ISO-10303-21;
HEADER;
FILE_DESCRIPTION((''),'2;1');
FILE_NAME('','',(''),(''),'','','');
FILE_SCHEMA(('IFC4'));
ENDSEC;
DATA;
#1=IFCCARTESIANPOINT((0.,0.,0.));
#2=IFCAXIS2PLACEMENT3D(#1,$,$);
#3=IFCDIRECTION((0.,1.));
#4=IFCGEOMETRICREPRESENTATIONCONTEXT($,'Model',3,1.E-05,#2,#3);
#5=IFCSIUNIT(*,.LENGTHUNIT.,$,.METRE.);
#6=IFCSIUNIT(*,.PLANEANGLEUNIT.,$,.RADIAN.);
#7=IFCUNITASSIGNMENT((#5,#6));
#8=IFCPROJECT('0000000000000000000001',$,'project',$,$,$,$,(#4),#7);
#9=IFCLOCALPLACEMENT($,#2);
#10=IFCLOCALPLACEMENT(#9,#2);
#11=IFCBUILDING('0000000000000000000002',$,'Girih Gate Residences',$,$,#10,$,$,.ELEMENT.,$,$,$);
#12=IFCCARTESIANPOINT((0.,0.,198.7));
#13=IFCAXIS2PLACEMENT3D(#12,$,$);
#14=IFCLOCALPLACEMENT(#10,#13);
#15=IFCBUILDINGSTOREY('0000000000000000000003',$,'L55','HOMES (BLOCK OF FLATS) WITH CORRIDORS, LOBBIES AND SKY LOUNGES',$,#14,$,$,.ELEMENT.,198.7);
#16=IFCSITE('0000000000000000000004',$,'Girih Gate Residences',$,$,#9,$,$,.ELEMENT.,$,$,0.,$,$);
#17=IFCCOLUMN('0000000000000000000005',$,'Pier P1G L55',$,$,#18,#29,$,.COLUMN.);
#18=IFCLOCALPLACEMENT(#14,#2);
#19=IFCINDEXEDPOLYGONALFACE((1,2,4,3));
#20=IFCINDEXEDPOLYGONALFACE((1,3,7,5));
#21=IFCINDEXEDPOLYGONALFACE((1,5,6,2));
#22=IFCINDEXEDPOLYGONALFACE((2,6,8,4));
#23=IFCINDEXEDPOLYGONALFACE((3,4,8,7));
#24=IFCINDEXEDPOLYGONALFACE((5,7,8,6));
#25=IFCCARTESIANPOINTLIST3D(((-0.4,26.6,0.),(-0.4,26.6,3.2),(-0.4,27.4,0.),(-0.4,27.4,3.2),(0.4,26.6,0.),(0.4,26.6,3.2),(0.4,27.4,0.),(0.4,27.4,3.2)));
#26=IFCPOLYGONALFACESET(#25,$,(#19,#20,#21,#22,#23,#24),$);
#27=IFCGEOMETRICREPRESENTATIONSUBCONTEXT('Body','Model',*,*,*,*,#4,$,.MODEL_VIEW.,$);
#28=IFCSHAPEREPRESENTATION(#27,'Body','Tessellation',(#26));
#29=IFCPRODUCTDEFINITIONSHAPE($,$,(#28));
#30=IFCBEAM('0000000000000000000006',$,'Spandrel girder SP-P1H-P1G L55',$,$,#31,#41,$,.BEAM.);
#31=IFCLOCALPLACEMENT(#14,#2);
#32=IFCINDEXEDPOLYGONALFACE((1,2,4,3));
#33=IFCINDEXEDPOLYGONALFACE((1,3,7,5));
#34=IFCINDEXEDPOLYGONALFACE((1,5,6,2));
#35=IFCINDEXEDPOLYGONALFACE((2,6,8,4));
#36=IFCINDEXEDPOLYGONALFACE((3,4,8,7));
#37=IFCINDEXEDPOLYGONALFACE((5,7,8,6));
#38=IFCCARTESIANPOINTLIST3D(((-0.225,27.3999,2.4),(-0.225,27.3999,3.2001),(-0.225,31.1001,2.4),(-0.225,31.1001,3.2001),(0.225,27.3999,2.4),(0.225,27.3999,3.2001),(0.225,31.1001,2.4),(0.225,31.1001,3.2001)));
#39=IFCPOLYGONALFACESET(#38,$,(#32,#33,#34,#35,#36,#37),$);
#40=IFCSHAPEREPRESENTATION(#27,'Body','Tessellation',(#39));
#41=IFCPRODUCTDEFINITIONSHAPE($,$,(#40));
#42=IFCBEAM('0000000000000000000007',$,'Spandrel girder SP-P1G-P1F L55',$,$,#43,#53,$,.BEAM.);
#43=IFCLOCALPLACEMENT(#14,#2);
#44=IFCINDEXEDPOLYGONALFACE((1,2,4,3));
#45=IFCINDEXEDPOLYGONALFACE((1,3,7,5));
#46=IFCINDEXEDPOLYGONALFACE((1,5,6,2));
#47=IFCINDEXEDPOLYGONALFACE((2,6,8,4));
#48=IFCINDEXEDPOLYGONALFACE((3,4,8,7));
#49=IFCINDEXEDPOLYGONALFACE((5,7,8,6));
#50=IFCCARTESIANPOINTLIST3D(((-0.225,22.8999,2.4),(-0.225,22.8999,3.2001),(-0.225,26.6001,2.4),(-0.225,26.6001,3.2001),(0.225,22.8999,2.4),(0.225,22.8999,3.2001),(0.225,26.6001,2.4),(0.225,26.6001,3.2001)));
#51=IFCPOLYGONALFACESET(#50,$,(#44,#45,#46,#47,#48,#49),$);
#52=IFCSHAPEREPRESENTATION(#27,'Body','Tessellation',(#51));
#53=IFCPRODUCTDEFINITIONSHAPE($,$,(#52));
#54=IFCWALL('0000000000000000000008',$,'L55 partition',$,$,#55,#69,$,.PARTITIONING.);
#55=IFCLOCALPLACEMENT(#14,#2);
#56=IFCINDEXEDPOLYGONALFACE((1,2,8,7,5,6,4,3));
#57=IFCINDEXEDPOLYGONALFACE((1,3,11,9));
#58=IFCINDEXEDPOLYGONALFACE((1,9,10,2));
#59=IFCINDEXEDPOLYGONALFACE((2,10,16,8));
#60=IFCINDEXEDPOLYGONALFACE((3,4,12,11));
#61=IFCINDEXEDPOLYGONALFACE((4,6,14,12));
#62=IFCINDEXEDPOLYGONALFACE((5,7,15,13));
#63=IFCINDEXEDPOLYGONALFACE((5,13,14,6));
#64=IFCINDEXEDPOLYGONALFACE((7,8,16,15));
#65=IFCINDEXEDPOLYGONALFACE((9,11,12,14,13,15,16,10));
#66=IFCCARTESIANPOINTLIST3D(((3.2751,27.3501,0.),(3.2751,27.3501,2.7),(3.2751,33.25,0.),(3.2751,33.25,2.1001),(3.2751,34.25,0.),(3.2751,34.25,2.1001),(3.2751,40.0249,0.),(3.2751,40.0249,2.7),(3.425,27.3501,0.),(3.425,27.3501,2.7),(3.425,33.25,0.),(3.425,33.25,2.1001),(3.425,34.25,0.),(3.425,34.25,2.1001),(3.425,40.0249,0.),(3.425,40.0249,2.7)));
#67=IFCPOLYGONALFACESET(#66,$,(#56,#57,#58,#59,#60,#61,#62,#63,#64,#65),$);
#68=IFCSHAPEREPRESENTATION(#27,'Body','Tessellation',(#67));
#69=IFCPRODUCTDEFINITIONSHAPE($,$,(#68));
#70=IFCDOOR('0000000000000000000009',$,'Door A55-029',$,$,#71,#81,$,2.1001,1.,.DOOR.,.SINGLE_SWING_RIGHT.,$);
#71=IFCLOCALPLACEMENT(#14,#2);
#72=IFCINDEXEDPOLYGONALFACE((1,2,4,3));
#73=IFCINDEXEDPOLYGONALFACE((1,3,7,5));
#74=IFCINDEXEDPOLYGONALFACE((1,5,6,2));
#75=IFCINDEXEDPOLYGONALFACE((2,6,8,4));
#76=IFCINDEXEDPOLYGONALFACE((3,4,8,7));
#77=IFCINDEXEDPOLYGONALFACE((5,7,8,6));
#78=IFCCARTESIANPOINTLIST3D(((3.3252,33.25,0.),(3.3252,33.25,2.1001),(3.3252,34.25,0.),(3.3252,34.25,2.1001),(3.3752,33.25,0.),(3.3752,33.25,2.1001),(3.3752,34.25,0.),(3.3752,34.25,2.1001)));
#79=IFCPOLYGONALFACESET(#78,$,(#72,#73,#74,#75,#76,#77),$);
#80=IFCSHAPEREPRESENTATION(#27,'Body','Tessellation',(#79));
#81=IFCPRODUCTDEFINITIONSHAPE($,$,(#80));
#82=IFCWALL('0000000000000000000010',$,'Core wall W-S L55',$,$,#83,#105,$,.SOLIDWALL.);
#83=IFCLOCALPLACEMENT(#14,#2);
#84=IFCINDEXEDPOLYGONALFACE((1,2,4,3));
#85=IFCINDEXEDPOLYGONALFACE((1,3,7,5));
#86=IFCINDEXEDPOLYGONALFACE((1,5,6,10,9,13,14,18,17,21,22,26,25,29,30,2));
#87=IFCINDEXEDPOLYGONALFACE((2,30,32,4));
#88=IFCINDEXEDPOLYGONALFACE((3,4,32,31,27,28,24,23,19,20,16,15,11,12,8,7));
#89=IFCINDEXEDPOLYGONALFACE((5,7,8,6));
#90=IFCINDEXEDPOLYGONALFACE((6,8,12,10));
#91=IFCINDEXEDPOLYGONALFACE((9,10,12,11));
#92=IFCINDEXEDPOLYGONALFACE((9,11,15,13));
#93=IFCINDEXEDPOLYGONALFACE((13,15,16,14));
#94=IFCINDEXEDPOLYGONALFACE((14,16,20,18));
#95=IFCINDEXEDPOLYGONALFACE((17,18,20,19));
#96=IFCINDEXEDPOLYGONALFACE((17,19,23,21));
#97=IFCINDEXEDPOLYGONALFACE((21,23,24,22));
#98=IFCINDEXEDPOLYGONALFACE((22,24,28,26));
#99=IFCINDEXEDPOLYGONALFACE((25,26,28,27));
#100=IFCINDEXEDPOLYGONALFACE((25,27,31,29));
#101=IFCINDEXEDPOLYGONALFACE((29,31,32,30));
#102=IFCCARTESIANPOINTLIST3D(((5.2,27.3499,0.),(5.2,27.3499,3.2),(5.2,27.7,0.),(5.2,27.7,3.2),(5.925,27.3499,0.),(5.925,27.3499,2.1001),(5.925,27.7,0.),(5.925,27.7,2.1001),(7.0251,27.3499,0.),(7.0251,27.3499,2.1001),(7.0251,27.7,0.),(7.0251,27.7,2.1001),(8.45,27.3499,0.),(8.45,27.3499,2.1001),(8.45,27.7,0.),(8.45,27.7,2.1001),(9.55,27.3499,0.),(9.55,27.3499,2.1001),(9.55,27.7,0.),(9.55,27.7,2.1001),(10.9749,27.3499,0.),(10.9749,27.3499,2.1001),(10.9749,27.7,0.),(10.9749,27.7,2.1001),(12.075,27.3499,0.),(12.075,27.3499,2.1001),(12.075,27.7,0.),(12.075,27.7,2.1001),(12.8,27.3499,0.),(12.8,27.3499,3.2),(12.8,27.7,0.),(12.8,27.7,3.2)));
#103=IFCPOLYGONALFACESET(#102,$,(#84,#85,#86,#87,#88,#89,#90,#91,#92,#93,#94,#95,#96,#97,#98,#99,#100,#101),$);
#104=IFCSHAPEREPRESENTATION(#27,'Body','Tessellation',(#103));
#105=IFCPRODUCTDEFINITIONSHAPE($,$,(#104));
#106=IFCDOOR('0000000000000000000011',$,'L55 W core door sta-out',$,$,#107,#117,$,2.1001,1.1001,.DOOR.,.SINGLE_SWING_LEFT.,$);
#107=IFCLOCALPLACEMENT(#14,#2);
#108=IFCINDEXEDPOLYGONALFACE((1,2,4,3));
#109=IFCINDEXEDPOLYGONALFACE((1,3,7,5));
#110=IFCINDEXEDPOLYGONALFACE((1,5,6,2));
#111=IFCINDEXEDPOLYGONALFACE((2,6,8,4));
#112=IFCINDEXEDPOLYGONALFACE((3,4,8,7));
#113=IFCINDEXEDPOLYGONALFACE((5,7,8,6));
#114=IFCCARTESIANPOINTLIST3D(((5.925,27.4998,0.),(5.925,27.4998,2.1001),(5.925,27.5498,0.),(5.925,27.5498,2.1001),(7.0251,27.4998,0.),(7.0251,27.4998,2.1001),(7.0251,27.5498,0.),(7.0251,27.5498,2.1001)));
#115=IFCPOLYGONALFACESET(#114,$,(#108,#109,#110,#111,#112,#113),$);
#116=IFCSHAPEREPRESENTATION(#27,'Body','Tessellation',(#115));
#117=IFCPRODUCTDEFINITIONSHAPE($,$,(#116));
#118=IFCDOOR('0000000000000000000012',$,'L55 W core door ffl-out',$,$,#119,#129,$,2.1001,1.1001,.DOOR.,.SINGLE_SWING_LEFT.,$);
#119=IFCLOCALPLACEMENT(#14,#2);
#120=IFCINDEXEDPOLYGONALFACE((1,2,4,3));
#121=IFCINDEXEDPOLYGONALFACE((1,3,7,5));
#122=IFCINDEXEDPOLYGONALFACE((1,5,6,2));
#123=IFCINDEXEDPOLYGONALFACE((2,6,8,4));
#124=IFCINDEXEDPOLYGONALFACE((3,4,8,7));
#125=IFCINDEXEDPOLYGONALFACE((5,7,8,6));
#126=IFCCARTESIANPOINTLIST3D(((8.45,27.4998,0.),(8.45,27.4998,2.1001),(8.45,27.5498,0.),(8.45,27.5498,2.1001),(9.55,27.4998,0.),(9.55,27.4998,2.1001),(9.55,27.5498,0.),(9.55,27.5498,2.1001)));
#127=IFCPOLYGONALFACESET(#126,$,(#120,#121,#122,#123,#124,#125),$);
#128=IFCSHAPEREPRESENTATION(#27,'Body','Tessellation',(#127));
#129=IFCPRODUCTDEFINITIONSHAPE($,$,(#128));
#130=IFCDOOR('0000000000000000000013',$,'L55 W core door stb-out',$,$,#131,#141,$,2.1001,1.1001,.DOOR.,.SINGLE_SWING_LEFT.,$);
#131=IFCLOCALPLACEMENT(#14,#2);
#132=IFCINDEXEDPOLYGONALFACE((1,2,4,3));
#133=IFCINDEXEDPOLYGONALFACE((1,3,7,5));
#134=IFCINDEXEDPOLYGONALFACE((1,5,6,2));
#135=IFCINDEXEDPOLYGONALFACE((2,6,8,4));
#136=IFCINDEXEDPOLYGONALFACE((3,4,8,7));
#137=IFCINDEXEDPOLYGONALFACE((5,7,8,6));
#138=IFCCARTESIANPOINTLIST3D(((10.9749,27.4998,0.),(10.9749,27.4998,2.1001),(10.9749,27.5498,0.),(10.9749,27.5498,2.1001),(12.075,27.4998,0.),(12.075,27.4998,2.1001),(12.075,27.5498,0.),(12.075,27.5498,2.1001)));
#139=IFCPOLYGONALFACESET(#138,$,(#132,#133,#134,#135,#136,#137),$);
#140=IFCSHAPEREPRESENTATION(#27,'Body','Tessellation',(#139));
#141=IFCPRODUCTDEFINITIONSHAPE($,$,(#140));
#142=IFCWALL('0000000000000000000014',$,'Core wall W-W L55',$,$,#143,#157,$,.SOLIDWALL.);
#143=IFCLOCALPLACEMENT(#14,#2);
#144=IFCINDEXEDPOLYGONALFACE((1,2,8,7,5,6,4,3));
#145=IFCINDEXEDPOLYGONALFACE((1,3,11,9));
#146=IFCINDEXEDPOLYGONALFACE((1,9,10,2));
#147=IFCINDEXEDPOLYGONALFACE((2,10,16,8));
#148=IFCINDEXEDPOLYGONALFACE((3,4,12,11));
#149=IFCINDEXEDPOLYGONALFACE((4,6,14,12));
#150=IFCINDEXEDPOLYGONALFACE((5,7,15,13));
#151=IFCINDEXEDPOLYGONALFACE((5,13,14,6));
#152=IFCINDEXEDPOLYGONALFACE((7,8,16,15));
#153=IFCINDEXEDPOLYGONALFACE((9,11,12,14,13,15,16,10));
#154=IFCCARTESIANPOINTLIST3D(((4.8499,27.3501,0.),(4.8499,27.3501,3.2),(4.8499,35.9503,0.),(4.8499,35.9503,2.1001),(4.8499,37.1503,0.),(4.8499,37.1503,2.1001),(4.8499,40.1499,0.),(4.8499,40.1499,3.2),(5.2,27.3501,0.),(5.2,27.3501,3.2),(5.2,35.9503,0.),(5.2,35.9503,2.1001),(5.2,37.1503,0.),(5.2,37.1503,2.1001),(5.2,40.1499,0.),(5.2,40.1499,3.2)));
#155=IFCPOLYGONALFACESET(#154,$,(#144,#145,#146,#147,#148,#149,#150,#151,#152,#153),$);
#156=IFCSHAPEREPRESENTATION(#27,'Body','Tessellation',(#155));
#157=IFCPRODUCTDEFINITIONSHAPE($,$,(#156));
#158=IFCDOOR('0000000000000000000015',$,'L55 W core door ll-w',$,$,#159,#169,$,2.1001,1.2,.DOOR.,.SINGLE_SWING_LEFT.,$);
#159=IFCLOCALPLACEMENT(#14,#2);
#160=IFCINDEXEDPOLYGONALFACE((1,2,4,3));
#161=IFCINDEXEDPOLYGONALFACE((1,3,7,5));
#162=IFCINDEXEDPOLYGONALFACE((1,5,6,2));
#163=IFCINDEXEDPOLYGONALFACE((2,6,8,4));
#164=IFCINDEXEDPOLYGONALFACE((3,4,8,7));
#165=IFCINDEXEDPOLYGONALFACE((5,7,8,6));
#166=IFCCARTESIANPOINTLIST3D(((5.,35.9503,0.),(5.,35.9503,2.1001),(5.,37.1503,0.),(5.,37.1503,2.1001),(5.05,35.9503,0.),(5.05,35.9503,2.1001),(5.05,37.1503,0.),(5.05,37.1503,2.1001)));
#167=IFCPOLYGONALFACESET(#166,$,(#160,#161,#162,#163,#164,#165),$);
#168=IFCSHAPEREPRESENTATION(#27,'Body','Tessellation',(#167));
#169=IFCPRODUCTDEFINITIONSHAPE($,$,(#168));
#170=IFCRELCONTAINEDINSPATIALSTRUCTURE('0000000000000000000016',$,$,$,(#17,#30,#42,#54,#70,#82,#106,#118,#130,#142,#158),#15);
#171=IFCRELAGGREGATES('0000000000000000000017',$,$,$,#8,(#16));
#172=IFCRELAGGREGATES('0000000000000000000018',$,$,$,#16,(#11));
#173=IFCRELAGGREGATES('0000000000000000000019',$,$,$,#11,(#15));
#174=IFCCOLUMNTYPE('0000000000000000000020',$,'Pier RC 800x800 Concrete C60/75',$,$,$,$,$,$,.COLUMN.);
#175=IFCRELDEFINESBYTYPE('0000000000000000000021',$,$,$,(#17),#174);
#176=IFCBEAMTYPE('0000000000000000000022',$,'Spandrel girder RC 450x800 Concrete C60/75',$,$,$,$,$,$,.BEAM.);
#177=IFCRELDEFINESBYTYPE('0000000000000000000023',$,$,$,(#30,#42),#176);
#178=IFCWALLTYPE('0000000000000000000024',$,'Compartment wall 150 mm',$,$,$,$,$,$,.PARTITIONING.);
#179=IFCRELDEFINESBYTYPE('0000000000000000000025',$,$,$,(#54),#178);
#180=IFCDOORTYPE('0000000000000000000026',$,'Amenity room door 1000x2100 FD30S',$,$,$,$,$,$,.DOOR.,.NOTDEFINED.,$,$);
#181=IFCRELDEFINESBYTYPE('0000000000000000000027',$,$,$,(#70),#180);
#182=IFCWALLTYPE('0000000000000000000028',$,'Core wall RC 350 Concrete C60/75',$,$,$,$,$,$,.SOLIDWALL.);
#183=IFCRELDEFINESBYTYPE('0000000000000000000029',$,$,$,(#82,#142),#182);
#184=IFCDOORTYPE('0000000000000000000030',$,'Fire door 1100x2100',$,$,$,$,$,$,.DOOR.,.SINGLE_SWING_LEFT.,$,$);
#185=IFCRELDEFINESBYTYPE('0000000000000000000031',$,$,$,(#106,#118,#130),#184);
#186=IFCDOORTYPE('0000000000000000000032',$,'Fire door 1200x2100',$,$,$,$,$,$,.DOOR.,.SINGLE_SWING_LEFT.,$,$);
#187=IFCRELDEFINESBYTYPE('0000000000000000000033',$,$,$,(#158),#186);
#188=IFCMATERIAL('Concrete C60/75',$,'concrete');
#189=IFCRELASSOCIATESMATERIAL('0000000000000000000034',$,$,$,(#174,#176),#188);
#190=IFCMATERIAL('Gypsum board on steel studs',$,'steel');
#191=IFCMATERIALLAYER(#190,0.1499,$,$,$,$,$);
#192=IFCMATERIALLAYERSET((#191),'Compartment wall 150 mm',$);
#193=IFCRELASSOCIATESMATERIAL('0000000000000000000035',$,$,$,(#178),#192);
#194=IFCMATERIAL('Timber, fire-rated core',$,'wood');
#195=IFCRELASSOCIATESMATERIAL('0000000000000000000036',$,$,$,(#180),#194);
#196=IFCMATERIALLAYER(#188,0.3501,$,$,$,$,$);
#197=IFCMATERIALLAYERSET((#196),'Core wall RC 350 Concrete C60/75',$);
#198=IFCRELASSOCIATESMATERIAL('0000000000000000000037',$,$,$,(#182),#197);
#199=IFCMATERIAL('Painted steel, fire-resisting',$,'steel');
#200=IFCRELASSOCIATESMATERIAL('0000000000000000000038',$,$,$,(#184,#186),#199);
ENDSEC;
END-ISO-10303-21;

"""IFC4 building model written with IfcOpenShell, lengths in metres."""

from ifc_helpers import new_model, si_unit, direction, frame, frame_2d, origin, origin_2d, place, context, subcontext, project, spatial, rectangle, extrude, material, layer, layer_set, material_profile, profile_set, type_object, element, fill, save


model = new_model("IFC4")

# Units and contexts
model_context = context("Model", 3, precision=1e-05, world=origin(), true_north=direction((0.0, 1.0)))
body_context = subcontext(model_context, "Body", "Model", "MODEL_VIEW")
ifc_project = project(units=[si_unit("LENGTHUNIT", "METRE"), si_unit("PLANEANGLEUNIT", "RADIAN")], contexts=[model_context])

# Site, building, storey
site_placement = place(None, origin())
site = spatial("IfcSite", under=ifc_project, at=site_placement, Name="Girih Gate Residences", CompositionType="ELEMENT", RefElevation=0.0)
building_placement = place(site_placement, origin())
building = spatial("IfcBuilding", under=site, at=building_placement, Name="Girih Gate Residences", CompositionType="ELEMENT")
storey_placement = place(building_placement, frame((0.0, 0.0, 198.7)))
storey = spatial("IfcBuildingStorey", under=building, at=storey_placement, Name="L55", Description="HOMES (BLOCK OF FLATS) WITH CORRIDORS, LOBBIES AND SKY LOUNGES", CompositionType="ELEMENT", Elevation=198.7)

# Column
ifc_material_1 = material(Name="Concrete C60/75", Category="concrete")
ifc_material_profile_1 = material_profile(ifc_material_1, rectangle(XDim=0.8, YDim=0.8, at=origin_2d()))
ifc_profile_set_1 = profile_set([ifc_material_profile_1], Name="Concrete C60/75")
column_type = type_object("IfcColumnType", Name="Pier RC 800x800 Concrete C60/75", PredefinedType="COLUMN", material=ifc_profile_set_1)
column_placement = place(storey_placement, frame((0.0, 27.0, 0.0), z_axis=(0.0, 0.0, 1.0), x_axis=(1.0, 0.0, 0.0)))
element("IfcColumn", 1, at=column_placement, inside=storey, type_object=column_type, Name="Pier P1G L55", PredefinedType="COLUMN", context=body_context, shape_type="SweptSolid", body=[
    extrude(rectangle(XDim=0.8, YDim=0.8, at=origin_2d()), origin(), (0.0, 0.0, 1.0), 3.2),
])

# Beams
ifc_material_profile_2 = material_profile(ifc_material_1, rectangle(XDim=0.45, YDim=0.8, at=origin_2d()))
ifc_profile_set_2 = profile_set([ifc_material_profile_2], Name="Concrete C60/75")
beam_type = type_object("IfcBeamType", Name="Spandrel girder RC 450x800 Concrete C60/75", PredefinedType="BEAM", material=ifc_profile_set_2)
for number, where, z_axis, x_axis, name in (
    (2, (0.0, 31.1001, 2.8), (0.0, -1.0, 0.0), (1.0, 0.0, 0.0), "Spandrel girder SP-P1H-P1G L55"),
    (3, (0.0, 26.6001, 2.8), (0.0, -1.0, 0.0), (1.0, 0.0, 0.0), "Spandrel girder SP-P1G-P1F L55"),
):
    element("IfcBeam", number, at=place(storey_placement, frame(where, z_axis=z_axis, x_axis=x_axis)), inside=storey, type_object=beam_type, Name=name, PredefinedType="BEAM", context=body_context, shape_type="SweptSolid", body=[
        extrude(rectangle(XDim=0.45, YDim=0.8, at=origin_2d()), origin(), (0.0, 0.0, 1.0), 3.7002),
    ])

# Wall, opening, door
ifc_material_2 = material(Name="Gypsum board on steel studs", Category="steel")
ifc_layer_1 = layer(ifc_material_2, 0.1499)
ifc_layer_set_1 = layer_set([ifc_layer_1], Name="Compartment wall 150 mm")
wall_type_1 = type_object("IfcWallType", Name="Compartment wall 150 mm", PredefinedType="PARTITIONING", material=ifc_layer_set_1)
wall_1_placement = place(storey_placement, frame((3.3501, 27.3501, 0.0), z_axis=(0.0, 0.0, 1.0), x_axis=(0.0, 1.0, 0.0)))
wall_1 = element("IfcWall", 4, at=wall_1_placement, inside=storey, type_object=wall_type_1, Name="L55 partition", PredefinedType="PARTITIONING", context=body_context, shape_type="SweptSolid", body=[
    extrude(rectangle(XDim=12.6748, YDim=0.1499, at=frame_2d((6.3374, 0.0))), origin(), (0.0, 0.0, 1.0), 2.7),
])
opening_1_placement = place(wall_1_placement, frame((5.8999, 0.0, 0.0)))
opening_1 = element("IfcOpeningElement", 5, at=opening_1_placement, cuts=wall_1, PredefinedType="OPENING", context=body_context, shape_type="SweptSolid", body=[
    extrude(rectangle(XDim=1.0, YDim=2.1001, at=frame_2d((0.5, 1.05))), frame((0.0, 0.085, 0.0), z_axis=(0.0, -1.0, 0.0), x_axis=(1.0, 0.0, 0.0)), (0.0, 0.0, 1.0), 0.1699),
])
ifc_material_3 = material(Name="Timber, fire-rated core", Category="wood")
door_type_1 = type_object("IfcDoorType", Name="Amenity room door 1000x2100 FD30S", OperationType="NOTDEFINED", PredefinedType="DOOR", material=ifc_material_3)
door_1_placement = place(opening_1_placement, origin())
door_1 = element("IfcDoor", 6, at=door_1_placement, inside=storey, type_object=door_type_1, Name="Door A55-029", OperationType="SINGLE_SWING_RIGHT", OverallHeight=2.1001, OverallWidth=1.0, PredefinedType="DOOR", context=body_context, shape_type="SweptSolid", body=[
    extrude(rectangle(XDim=1.0, YDim=2.1001, at=frame_2d((0.5, 1.05))), frame((0.0, 0.0249, 0.0), z_axis=(0.0, -1.0, 0.0), x_axis=(1.0, 0.0, 0.0)), (0.0, 0.0, 1.0), 0.05),
])
fill(opening_1, door_1)

# Wall, openings, doors
ifc_layer_2 = layer(ifc_material_1, 0.3501)
ifc_layer_set_2 = layer_set([ifc_layer_2], Name="Core wall RC 350 Concrete C60/75")
wall_type_2 = type_object("IfcWallType", Name="Core wall RC 350 Concrete C60/75", PredefinedType="SOLIDWALL", material=ifc_layer_set_2)
wall_2_placement = place(storey_placement, frame((5.2, 27.5249, 0.0), z_axis=(0.0, 0.0, 1.0), x_axis=(1.0, 0.0, 0.0)))
wall_2 = element("IfcWall", 7, at=wall_2_placement, inside=storey, type_object=wall_type_2, Name="Core wall W-S L55", PredefinedType="SOLIDWALL", context=body_context, shape_type="SweptSolid", body=[
    extrude(rectangle(XDim=7.6001, YDim=0.3501, at=frame_2d((3.8, 0.0))), origin(), (0.0, 0.0, 1.0), 3.2),
])
opening_2_placement = place(wall_2_placement, frame((0.7251, 0.0, 0.0)))
opening_2 = element("IfcOpeningElement", 8, at=opening_2_placement, cuts=wall_2, PredefinedType="OPENING", context=body_context, shape_type="SweptSolid", body=[
    extrude(rectangle(XDim=1.1001, YDim=2.1001, at=frame_2d((0.55, 1.05))), frame((0.0, 0.1851, 0.0), z_axis=(0.0, -1.0, 0.0), x_axis=(1.0, 0.0, 0.0)), (0.0, 0.0, 1.0), 0.3701),
])
opening_3_placement = place(wall_2_placement, frame((3.25, 0.0, 0.0)))
opening_3 = element("IfcOpeningElement", 9, at=opening_3_placement, cuts=wall_2, PredefinedType="OPENING", context=body_context, shape_type="SweptSolid", body=[
    extrude(rectangle(XDim=1.1001, YDim=2.1001, at=frame_2d((0.55, 1.05))), frame((0.0, 0.1851, 0.0), z_axis=(0.0, -1.0, 0.0), x_axis=(1.0, 0.0, 0.0)), (0.0, 0.0, 1.0), 0.3701),
])
opening_4_placement = place(wall_2_placement, frame((5.7749, 0.0, 0.0)))
opening_4 = element("IfcOpeningElement", 10, at=opening_4_placement, cuts=wall_2, PredefinedType="OPENING", context=body_context, shape_type="SweptSolid", body=[
    extrude(rectangle(XDim=1.1001, YDim=2.1001, at=frame_2d((0.55, 1.05))), frame((0.0, 0.1851, 0.0), z_axis=(0.0, -1.0, 0.0), x_axis=(1.0, 0.0, 0.0)), (0.0, 0.0, 1.0), 0.3701),
])
ifc_material_4 = material(Name="Painted steel, fire-resisting", Category="steel")
door_type_2 = type_object("IfcDoorType", Name="Fire door 1100x2100", OperationType="SINGLE_SWING_LEFT", PredefinedType="DOOR", material=ifc_material_4)
door_2_placement = place(opening_2_placement, origin())
door_2 = element("IfcDoor", 11, at=door_2_placement, inside=storey, type_object=door_type_2, Name="L55 W core door sta-out", OperationType="SINGLE_SWING_LEFT", OverallHeight=2.1001, OverallWidth=1.1001, PredefinedType="DOOR", context=body_context, shape_type="SweptSolid", body=[
    extrude(rectangle(XDim=1.1001, YDim=2.1001, at=frame_2d((0.55, 1.05))), frame((0.0, 0.0249, 0.0), z_axis=(0.0, -1.0, 0.0), x_axis=(1.0, 0.0, 0.0)), (0.0, 0.0, 1.0), 0.05),
])
fill(opening_2, door_2)
door_3_placement = place(opening_3_placement, origin())
door_3 = element("IfcDoor", 12, at=door_3_placement, inside=storey, type_object=door_type_2, Name="L55 W core door ffl-out", OperationType="SINGLE_SWING_LEFT", OverallHeight=2.1001, OverallWidth=1.1001, PredefinedType="DOOR", context=body_context, shape_type="SweptSolid", body=[
    extrude(rectangle(XDim=1.1001, YDim=2.1001, at=frame_2d((0.55, 1.05))), frame((0.0, 0.0249, 0.0), z_axis=(0.0, -1.0, 0.0), x_axis=(1.0, 0.0, 0.0)), (0.0, 0.0, 1.0), 0.05),
])
fill(opening_3, door_3)
door_4_placement = place(opening_4_placement, origin())
door_4 = element("IfcDoor", 13, at=door_4_placement, inside=storey, type_object=door_type_2, Name="L55 W core door stb-out", OperationType="SINGLE_SWING_LEFT", OverallHeight=2.1001, OverallWidth=1.1001, PredefinedType="DOOR", context=body_context, shape_type="SweptSolid", body=[
    extrude(rectangle(XDim=1.1001, YDim=2.1001, at=frame_2d((0.55, 1.05))), frame((0.0, 0.0249, 0.0), z_axis=(0.0, -1.0, 0.0), x_axis=(1.0, 0.0, 0.0)), (0.0, 0.0, 1.0), 0.05),
])
fill(opening_4, door_4)

# Wall, opening, door
wall_3_placement = place(storey_placement, frame((5.0249, 27.3501, 0.0), z_axis=(0.0, 0.0, 1.0), x_axis=(0.0, 1.0, 0.0)))
wall_3 = element("IfcWall", 14, at=wall_3_placement, inside=storey, type_object=wall_type_2, Name="Core wall W-W L55", PredefinedType="SOLIDWALL", context=body_context, shape_type="SweptSolid", body=[
    extrude(rectangle(XDim=12.7998, YDim=0.3501, at=frame_2d((6.3999, 0.0))), origin(), (0.0, 0.0, 1.0), 3.2),
])
opening_5_placement = place(wall_3_placement, frame((8.6001, 0.0, 0.0)))
opening_5 = element("IfcOpeningElement", 15, at=opening_5_placement, cuts=wall_3, PredefinedType="OPENING", context=body_context, shape_type="SweptSolid", body=[
    extrude(rectangle(XDim=1.2, YDim=2.1001, at=frame_2d((0.6001, 1.05))), frame((0.0, 0.1851, 0.0), z_axis=(0.0, -1.0, 0.0), x_axis=(1.0, 0.0, 0.0)), (0.0, 0.0, 1.0), 0.3701),
])
door_type_3 = type_object("IfcDoorType", Name="Fire door 1200x2100", OperationType="SINGLE_SWING_LEFT", PredefinedType="DOOR", material=ifc_material_4)
door_5_placement = place(opening_5_placement, origin())
door_5 = element("IfcDoor", 16, at=door_5_placement, inside=storey, type_object=door_type_3, Name="L55 W core door ll-w", OperationType="SINGLE_SWING_LEFT", OverallHeight=2.1001, OverallWidth=1.2, PredefinedType="DOOR", context=body_context, shape_type="SweptSolid", body=[
    extrude(rectangle(XDim=1.2, YDim=2.1001, at=frame_2d((0.6001, 1.05))), frame((0.0, 0.0249, 0.0), z_axis=(0.0, -1.0, 0.0), x_axis=(1.0, 0.0, 0.0)), (0.0, 0.0, 1.0), 0.05),
])
fill(opening_5, door_5)

save(model, "model.ifc")
